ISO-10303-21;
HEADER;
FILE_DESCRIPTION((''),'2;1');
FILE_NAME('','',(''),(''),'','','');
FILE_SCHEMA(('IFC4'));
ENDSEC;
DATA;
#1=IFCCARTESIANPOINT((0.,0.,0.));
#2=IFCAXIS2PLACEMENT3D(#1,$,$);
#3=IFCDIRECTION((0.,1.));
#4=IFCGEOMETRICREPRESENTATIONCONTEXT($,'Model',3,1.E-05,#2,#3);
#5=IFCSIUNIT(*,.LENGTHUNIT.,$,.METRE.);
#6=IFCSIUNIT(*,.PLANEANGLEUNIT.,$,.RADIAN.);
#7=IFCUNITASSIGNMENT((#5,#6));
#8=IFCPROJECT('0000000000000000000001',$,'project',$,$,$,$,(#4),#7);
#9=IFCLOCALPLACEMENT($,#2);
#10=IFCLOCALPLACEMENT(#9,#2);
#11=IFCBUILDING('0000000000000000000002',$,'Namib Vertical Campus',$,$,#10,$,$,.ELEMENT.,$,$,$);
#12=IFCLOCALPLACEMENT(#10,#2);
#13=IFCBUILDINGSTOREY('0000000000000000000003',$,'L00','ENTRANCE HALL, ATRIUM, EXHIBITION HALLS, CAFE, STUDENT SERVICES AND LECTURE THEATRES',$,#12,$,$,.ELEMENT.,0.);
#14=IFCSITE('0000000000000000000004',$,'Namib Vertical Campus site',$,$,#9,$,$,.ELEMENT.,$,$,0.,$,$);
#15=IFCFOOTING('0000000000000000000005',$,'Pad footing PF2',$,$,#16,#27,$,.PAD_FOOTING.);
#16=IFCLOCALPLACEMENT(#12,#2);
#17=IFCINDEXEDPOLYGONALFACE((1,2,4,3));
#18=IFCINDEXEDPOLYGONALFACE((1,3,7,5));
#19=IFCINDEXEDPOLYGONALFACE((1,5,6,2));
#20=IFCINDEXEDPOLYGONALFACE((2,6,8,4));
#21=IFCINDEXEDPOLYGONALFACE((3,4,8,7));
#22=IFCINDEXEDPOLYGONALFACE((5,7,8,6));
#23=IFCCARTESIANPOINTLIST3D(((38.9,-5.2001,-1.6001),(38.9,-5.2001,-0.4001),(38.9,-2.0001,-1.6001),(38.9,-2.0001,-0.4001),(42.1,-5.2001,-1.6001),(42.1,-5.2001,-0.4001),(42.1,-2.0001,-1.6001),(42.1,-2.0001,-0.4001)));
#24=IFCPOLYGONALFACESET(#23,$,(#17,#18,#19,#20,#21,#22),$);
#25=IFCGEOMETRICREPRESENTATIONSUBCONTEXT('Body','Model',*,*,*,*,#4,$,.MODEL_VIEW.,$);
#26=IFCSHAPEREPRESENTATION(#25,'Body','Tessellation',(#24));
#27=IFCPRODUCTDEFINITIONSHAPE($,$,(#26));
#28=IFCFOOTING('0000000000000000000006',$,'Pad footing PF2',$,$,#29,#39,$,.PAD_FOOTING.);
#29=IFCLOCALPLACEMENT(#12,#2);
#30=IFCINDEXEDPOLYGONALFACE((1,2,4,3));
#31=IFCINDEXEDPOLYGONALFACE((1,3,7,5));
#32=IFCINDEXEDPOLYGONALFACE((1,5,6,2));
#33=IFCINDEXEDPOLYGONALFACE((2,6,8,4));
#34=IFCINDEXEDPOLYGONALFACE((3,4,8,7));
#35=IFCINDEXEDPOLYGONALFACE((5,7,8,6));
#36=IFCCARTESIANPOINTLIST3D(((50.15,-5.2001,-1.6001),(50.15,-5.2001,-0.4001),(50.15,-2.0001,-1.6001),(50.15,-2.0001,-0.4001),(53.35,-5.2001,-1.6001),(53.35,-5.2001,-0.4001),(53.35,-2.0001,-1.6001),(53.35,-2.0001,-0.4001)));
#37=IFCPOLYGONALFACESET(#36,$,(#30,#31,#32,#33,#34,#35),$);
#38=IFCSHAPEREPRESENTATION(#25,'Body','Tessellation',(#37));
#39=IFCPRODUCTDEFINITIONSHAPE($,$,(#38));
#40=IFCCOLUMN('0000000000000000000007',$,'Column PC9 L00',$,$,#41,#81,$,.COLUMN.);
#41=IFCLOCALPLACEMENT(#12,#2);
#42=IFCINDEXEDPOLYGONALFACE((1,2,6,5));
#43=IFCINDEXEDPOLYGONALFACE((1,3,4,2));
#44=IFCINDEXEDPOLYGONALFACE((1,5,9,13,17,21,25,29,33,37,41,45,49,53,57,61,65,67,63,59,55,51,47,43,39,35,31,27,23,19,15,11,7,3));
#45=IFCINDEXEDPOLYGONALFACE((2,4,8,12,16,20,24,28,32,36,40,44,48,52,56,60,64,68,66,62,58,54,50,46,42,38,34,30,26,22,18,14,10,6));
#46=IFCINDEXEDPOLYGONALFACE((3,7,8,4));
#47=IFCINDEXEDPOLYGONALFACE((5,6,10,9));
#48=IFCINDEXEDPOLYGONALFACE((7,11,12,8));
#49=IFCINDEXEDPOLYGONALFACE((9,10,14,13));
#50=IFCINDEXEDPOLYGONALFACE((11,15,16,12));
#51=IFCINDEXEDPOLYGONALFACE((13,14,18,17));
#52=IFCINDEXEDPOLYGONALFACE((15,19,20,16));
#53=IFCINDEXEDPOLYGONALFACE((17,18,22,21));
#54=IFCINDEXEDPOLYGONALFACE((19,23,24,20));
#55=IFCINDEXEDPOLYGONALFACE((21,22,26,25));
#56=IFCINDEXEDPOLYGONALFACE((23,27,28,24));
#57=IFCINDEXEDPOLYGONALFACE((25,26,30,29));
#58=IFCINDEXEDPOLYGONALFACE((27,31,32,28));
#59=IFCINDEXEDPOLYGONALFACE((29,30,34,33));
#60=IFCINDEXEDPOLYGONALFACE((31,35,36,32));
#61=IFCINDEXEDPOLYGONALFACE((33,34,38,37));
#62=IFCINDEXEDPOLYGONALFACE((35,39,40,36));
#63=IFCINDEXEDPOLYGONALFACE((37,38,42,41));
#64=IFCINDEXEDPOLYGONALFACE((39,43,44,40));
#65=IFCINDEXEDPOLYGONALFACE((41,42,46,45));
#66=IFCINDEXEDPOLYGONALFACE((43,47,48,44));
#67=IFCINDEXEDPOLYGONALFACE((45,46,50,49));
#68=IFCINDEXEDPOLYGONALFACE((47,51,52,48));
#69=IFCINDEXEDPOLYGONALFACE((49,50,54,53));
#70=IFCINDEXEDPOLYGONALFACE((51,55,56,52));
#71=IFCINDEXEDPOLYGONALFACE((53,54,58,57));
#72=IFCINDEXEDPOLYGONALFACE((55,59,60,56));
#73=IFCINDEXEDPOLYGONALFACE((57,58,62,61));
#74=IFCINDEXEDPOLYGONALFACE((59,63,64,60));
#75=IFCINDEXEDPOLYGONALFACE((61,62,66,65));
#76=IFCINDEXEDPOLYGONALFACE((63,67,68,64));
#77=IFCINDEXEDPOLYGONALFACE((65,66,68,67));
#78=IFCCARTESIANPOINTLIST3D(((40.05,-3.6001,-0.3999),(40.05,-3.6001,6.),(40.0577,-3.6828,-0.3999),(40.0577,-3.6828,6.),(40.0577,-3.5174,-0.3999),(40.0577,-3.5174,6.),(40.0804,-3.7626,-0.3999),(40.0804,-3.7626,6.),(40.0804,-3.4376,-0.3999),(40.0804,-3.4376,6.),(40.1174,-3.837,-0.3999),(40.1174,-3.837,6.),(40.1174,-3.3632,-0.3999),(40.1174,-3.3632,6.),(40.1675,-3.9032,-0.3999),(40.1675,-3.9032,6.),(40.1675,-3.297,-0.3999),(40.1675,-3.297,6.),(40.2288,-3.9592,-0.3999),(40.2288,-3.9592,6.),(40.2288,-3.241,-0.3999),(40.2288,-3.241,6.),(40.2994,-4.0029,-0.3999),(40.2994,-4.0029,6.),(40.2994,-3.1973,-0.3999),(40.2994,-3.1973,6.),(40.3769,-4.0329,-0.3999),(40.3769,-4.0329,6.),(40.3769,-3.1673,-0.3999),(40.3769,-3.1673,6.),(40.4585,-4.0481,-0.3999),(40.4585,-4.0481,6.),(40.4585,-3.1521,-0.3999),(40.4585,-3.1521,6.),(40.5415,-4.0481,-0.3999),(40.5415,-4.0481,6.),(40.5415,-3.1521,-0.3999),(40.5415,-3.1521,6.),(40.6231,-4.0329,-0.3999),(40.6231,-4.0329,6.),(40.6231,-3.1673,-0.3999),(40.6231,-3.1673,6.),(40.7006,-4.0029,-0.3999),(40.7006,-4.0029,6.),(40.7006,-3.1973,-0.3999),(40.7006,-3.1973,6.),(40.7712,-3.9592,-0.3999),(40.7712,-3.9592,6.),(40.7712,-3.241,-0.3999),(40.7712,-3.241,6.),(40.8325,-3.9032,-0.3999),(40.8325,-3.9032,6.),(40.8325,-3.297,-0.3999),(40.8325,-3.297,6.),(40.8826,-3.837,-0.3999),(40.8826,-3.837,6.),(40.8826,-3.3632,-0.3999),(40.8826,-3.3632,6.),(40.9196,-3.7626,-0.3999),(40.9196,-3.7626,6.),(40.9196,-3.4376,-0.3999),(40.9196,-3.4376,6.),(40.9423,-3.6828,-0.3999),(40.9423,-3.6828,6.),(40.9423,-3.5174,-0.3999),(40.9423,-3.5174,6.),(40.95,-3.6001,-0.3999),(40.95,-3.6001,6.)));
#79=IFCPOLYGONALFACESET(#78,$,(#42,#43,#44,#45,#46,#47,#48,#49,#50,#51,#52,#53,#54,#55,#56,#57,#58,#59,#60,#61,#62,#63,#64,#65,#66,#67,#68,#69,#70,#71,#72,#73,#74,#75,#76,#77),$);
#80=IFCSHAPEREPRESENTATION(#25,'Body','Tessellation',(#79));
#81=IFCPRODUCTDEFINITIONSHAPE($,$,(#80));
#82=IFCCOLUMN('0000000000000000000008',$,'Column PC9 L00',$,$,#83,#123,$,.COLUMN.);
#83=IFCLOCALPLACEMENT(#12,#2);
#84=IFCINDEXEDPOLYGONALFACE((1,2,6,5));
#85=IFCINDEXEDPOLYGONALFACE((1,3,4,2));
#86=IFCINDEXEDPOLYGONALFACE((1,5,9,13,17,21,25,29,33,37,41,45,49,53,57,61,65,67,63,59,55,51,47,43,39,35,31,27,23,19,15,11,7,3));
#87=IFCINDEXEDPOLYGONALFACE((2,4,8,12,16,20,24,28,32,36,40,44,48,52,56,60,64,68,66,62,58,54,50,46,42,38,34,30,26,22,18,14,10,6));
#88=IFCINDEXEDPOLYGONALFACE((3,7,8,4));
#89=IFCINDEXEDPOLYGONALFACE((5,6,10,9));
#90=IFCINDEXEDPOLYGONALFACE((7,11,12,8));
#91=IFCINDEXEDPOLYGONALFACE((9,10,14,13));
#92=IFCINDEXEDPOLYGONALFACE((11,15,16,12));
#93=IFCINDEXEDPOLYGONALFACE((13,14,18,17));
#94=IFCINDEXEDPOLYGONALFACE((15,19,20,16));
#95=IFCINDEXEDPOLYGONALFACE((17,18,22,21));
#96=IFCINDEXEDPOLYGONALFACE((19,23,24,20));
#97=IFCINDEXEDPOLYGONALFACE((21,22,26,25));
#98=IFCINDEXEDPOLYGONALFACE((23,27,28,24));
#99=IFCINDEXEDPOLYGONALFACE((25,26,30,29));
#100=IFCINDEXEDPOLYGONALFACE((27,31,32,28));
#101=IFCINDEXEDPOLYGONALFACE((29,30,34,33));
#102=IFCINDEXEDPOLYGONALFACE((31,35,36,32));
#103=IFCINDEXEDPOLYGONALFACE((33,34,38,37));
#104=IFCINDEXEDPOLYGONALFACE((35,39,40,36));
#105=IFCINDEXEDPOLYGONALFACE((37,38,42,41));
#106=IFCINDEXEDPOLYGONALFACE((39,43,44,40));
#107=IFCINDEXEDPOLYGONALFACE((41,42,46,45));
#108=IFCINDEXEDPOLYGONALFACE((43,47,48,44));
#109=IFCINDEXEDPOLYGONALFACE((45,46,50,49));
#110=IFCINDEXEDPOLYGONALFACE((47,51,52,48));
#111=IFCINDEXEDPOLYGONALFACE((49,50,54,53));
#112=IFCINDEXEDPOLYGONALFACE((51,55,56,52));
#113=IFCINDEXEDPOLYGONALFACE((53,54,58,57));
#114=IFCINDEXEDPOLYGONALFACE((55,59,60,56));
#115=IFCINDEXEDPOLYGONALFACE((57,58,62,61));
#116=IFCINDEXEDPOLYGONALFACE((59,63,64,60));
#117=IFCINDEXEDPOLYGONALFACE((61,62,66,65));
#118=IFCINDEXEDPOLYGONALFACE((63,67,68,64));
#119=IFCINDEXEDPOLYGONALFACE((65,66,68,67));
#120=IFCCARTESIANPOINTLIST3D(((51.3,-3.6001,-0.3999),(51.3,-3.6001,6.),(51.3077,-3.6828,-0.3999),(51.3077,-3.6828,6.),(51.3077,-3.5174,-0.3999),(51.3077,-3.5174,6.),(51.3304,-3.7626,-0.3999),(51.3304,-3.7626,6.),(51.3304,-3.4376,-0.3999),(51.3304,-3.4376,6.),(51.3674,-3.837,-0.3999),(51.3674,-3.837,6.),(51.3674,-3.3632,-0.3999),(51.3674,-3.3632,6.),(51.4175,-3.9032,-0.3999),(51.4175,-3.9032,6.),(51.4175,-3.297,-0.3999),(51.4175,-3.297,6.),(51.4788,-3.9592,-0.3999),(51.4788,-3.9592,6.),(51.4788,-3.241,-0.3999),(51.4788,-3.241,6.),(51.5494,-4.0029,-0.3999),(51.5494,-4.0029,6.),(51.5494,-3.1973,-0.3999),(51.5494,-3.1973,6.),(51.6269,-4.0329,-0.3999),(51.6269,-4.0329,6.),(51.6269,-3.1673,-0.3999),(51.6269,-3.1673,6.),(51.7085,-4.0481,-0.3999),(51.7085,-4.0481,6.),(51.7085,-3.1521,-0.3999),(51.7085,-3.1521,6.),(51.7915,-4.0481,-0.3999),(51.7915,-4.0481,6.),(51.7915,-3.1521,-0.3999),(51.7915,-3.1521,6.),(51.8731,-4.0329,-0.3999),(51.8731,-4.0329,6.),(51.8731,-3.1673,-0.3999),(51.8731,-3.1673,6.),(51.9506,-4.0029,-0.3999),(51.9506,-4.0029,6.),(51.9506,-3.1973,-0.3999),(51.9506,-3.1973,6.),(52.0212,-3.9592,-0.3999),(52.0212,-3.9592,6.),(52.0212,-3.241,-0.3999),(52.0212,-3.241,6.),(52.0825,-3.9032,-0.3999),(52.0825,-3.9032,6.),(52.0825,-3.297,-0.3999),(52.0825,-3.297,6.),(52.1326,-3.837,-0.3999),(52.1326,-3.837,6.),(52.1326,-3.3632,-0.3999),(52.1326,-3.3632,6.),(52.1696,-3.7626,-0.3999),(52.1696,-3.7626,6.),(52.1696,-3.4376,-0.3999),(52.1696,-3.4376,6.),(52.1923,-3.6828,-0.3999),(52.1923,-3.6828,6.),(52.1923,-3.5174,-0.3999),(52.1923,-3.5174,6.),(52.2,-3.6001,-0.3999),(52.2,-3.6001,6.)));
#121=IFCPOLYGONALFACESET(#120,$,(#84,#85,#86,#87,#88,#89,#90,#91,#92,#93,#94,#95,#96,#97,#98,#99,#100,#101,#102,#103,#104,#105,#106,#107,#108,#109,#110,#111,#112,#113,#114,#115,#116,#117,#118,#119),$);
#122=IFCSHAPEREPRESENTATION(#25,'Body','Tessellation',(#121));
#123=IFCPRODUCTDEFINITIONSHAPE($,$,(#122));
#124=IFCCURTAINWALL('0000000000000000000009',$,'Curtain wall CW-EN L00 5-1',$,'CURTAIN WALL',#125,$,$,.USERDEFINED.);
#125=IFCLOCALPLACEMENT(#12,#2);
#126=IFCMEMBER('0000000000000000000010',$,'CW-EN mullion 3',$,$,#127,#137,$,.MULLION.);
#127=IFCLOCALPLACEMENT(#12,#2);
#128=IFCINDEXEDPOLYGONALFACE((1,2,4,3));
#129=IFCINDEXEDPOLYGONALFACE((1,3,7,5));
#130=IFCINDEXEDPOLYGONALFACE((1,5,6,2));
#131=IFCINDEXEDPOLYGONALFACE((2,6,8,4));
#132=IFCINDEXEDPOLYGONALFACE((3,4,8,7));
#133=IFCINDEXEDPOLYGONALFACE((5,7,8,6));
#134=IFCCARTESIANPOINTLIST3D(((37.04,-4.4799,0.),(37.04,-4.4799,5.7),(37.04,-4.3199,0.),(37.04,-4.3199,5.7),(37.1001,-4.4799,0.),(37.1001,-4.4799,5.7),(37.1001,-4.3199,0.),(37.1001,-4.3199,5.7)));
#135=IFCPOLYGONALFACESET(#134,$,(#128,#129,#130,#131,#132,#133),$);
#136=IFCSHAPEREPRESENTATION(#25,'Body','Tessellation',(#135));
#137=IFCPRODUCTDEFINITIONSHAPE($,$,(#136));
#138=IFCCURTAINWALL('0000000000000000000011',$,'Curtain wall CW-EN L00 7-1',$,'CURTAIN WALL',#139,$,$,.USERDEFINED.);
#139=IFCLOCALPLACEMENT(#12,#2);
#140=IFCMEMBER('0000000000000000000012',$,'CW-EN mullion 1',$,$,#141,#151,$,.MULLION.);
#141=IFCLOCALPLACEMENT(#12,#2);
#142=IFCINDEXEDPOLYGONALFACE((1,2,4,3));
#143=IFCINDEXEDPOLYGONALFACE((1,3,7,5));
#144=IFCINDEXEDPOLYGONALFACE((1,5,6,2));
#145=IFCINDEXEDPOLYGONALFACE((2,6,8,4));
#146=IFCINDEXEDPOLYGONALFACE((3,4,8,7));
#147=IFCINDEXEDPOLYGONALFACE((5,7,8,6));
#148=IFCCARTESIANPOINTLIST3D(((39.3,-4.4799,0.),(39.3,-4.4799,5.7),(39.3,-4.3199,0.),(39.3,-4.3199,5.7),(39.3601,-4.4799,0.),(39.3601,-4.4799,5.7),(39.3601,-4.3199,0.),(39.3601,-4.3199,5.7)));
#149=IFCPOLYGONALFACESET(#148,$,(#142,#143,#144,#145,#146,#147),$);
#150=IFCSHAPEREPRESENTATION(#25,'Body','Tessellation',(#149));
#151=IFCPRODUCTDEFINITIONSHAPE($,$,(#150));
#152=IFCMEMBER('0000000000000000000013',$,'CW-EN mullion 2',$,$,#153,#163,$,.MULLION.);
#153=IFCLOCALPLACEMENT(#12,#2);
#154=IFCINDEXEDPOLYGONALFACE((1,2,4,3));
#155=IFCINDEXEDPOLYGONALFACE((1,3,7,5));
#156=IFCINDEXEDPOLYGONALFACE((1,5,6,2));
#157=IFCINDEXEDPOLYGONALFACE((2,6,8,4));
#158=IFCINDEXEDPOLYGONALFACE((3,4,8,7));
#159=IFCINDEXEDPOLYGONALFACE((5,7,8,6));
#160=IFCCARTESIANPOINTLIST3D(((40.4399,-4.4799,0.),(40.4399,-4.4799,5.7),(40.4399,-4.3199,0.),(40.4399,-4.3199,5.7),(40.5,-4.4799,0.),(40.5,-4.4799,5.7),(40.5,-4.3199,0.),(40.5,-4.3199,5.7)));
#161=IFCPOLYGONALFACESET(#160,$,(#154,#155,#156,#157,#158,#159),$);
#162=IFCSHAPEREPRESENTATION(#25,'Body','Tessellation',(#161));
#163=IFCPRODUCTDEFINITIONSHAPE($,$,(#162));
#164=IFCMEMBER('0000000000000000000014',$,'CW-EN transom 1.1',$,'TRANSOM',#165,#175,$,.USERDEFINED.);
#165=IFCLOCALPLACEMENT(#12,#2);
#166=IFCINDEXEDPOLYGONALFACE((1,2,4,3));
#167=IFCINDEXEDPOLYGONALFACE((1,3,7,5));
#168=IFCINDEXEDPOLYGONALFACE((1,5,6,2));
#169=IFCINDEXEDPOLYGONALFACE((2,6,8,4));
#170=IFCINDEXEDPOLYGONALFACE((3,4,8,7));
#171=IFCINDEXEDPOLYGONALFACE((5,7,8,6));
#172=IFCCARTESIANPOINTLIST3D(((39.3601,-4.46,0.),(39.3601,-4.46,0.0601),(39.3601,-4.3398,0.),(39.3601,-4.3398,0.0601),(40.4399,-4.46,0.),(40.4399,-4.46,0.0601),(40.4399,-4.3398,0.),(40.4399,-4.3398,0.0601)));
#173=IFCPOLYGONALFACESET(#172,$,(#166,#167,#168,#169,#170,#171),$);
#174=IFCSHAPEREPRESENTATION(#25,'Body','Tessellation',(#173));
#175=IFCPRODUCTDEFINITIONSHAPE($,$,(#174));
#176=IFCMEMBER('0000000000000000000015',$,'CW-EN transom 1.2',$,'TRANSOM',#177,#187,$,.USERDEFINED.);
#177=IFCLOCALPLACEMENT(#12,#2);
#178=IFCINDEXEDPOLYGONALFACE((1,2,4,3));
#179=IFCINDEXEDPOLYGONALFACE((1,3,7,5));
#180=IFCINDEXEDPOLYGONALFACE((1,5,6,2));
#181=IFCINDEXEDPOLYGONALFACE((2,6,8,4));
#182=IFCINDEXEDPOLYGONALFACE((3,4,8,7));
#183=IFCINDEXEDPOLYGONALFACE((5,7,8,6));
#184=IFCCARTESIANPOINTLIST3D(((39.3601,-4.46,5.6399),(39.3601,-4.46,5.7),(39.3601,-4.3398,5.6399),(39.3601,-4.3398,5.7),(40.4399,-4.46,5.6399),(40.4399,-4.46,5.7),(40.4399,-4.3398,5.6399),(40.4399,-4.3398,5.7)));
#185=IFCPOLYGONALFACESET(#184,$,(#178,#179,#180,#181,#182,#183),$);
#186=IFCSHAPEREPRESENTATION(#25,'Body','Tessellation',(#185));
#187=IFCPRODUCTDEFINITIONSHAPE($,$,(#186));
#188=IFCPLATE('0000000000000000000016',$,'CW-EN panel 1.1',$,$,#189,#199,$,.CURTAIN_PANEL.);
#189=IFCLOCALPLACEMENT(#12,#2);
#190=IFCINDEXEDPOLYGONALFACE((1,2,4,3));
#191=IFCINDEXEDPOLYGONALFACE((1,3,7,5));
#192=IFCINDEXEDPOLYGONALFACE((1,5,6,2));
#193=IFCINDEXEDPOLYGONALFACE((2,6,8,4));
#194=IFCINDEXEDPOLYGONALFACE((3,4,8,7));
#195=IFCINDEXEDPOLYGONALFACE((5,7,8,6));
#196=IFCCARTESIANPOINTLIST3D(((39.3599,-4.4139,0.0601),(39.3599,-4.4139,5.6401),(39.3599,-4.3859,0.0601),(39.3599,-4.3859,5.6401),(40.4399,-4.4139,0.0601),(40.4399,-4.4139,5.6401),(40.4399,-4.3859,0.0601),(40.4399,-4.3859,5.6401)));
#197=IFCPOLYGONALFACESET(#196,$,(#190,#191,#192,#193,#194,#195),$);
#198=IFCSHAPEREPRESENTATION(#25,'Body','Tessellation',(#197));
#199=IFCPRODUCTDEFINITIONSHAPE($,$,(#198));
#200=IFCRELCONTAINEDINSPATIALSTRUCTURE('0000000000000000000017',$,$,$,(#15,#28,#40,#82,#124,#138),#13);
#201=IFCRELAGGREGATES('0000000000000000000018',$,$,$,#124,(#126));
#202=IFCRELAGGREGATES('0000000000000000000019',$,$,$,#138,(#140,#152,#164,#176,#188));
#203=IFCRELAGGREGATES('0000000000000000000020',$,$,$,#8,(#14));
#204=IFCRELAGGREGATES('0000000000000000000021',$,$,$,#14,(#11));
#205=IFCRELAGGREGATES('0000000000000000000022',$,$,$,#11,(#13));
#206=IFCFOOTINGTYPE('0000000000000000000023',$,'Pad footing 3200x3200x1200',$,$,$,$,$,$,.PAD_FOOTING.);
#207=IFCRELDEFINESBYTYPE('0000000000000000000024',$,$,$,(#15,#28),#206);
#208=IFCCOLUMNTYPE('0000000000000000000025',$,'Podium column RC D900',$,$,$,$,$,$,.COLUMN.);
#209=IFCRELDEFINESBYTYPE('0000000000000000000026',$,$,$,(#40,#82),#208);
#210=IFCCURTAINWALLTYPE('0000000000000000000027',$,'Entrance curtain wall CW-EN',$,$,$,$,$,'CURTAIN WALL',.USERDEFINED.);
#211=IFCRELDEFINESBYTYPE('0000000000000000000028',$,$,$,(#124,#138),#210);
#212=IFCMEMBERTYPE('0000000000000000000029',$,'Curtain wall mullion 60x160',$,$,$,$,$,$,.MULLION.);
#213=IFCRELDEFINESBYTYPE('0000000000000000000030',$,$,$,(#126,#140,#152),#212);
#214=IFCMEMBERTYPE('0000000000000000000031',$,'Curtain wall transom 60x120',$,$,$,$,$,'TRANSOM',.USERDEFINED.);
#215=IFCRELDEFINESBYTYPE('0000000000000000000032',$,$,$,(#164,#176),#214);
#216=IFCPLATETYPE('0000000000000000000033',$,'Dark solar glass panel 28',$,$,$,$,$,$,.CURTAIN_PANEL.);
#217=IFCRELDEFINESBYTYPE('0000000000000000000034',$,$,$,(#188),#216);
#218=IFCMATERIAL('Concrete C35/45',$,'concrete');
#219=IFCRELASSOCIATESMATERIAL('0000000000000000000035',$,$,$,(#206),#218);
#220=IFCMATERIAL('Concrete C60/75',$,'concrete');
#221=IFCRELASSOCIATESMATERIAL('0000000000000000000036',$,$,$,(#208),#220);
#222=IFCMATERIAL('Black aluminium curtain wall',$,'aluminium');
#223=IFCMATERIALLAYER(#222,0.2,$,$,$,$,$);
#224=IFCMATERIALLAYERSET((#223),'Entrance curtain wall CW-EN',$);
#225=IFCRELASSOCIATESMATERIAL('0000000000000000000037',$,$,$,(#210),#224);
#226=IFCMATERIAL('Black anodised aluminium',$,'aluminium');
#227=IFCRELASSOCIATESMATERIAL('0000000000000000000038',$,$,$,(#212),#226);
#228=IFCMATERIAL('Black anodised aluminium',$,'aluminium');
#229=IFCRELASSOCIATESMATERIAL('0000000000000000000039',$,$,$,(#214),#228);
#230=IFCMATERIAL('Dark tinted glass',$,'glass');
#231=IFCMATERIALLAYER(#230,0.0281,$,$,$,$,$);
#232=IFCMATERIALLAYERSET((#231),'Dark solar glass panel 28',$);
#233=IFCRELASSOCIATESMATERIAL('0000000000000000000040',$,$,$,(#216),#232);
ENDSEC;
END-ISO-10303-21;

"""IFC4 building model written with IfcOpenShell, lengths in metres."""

from ifc_helpers import new_model, si_unit, direction, frame, origin, origin_2d, place, context, subcontext, project, spatial, rectangle, circle, extrude, material, layer, layer_set, material_profile, profile_set, type_object, element, aggregate, save


model = new_model("IFC4")

# Units and contexts
model_context = context("Model", 3, precision=1e-05, world=origin(), true_north=direction((0.0, 1.0)))
body_context = subcontext(model_context, "Body", "Model", "MODEL_VIEW")
ifc_project = project(units=[si_unit("LENGTHUNIT", "METRE"), si_unit("PLANEANGLEUNIT", "RADIAN")], contexts=[model_context])

# Site, building, storey
site_placement = place(None, origin())
site = spatial("IfcSite", under=ifc_project, at=site_placement, Name="Namib Vertical Campus site", CompositionType="ELEMENT", RefElevation=0.0)
building_placement = place(site_placement, origin())
building = spatial("IfcBuilding", under=site, at=building_placement, Name="Namib Vertical Campus", CompositionType="ELEMENT")
storey_placement = place(building_placement, origin())
storey = spatial("IfcBuildingStorey", under=building, at=storey_placement, Name="L00", Description="ENTRANCE HALL, ATRIUM, EXHIBITION HALLS, CAFE, STUDENT SERVICES AND LECTURE THEATRES", CompositionType="ELEMENT", Elevation=0.0)

# Footings
ifc_material_1 = material(Name="Concrete C35/45", Category="concrete")
footing_type = type_object("IfcFootingType", Name="Pad footing 3200x3200x1200", PredefinedType="PAD_FOOTING", material=ifc_material_1)
for number, where, z_axis, x_axis, name in (
    (1, (40.5, -3.6001, -1.6001), (0.0, 0.0, 1.0), (1.0, 0.0, 0.0), "Pad footing PF2"),
    (2, (51.75, -3.6001, -1.6001), (0.0, 0.0, 1.0), (1.0, 0.0, 0.0), "Pad footing PF2"),
):
    element("IfcFooting", number, at=place(storey_placement, frame(where, z_axis=z_axis, x_axis=x_axis)), inside=storey, type_object=footing_type, Name=name, PredefinedType="PAD_FOOTING", context=body_context, shape_type="SweptSolid", body=[
        extrude(rectangle(XDim=3.2, YDim=3.2, at=origin_2d()), origin(), (0.0, 0.0, 1.0), 1.2),
    ])

# Columns
ifc_material_2 = material(Name="Concrete C60/75", Category="concrete")
ifc_material_profile_1 = material_profile(ifc_material_2, circle(Radius=0.45, at=origin_2d()))
ifc_profile_set_1 = profile_set([ifc_material_profile_1], Name="Concrete C60/75")
column_type = type_object("IfcColumnType", Name="Podium column RC D900", PredefinedType="COLUMN", material=ifc_profile_set_1)
for number, where, z_axis, x_axis, name in (
    (3, (40.5, -3.6001, -0.3999), (0.0, 0.0, 1.0), (1.0, 0.0, 0.0), "Column PC9 L00"),
    (4, (51.75, -3.6001, -0.3999), (0.0, 0.0, 1.0), (1.0, 0.0, 0.0), "Column PC9 L00"),
):
    element("IfcColumn", number, at=place(storey_placement, frame(where, z_axis=z_axis, x_axis=x_axis)), inside=storey, type_object=column_type, Name=name, PredefinedType="COLUMN", context=body_context, shape_type="SweptSolid", body=[
        extrude(circle(Radius=0.45, at=origin_2d()), origin(), (0.0, 0.0, 1.0), 6.3999),
    ])

# Curtain wall, member
ifc_material_3 = material(Name="Black aluminium curtain wall", Category="aluminium")
ifc_layer_1 = layer(ifc_material_3, 0.2)
ifc_layer_set_1 = layer_set([ifc_layer_1], Name="Entrance curtain wall CW-EN")
curtain_wall_type = type_object("IfcCurtainWallType", Name="Entrance curtain wall CW-EN", ElementType="CURTAIN WALL", PredefinedType="USERDEFINED", material=ifc_layer_set_1)
curtain_wall_1_placement = place(storey_placement, origin())
curtain_wall_1 = element("IfcCurtainWall", 5, at=curtain_wall_1_placement, inside=storey, type_object=curtain_wall_type, Name="Curtain wall CW-EN L00 5-1", ObjectType="CURTAIN WALL", PredefinedType="USERDEFINED")
ifc_material_4 = material(Name="Black anodised aluminium", Category="aluminium")
ifc_material_profile_2 = material_profile(ifc_material_4, rectangle(XDim=0.0601, YDim=0.1599, at=origin_2d()))
ifc_profile_set_2 = profile_set([ifc_material_profile_2], Name="Black anodised aluminium")
member_type_1 = type_object("IfcMemberType", Name="Curtain wall mullion 60x160", PredefinedType="MULLION", material=ifc_profile_set_2)
member_1_placement = place(storey_placement, frame((37.0701, -4.3999, 0.0), z_axis=(0.0, 0.0, 1.0), x_axis=(1.0, 0.0, 0.0)))
member_1 = element("IfcMember", 6, at=member_1_placement, type_object=member_type_1, Name="CW-EN mullion 3", PredefinedType="MULLION", context=body_context, shape_type="SweptSolid", body=[
    extrude(rectangle(XDim=0.0601, YDim=0.1599, at=origin_2d()), origin(), (0.0, 0.0, 1.0), 5.7),
])
aggregate(curtain_wall_1, [member_1])

# Curtain wall, members, plate
curtain_wall_2_placement = place(storey_placement, origin())
curtain_wall_2 = element("IfcCurtainWall", 7, at=curtain_wall_2_placement, inside=storey, type_object=curtain_wall_type, Name="Curtain wall CW-EN L00 7-1", ObjectType="CURTAIN WALL", PredefinedType="USERDEFINED")
member_2_placement = place(storey_placement, frame((39.3301, -4.3999, 0.0), z_axis=(0.0, 0.0, 1.0), x_axis=(1.0, 0.0, 0.0)))
member_2 = element("IfcMember", 8, at=member_2_placement, type_object=member_type_1, Name="CW-EN mullion 1", PredefinedType="MULLION", context=body_context, shape_type="SweptSolid", body=[
    extrude(rectangle(XDim=0.0601, YDim=0.1599, at=origin_2d()), origin(), (0.0, 0.0, 1.0), 5.7),
])
member_3_placement = place(storey_placement, frame((40.47, -4.3999, 0.0), z_axis=(0.0, 0.0, 1.0), x_axis=(1.0, 0.0, 0.0)))
member_3 = element("IfcMember", 9, at=member_3_placement, type_object=member_type_1, Name="CW-EN mullion 2", PredefinedType="MULLION", context=body_context, shape_type="SweptSolid", body=[
    extrude(rectangle(XDim=0.0601, YDim=0.1599, at=origin_2d()), origin(), (0.0, 0.0, 1.0), 5.7),
])
ifc_material_5 = material(Name="Black anodised aluminium", Category="aluminium")
ifc_material_profile_3 = material_profile(ifc_material_5, rectangle(XDim=0.0601, YDim=0.1201, at=origin_2d()))
ifc_profile_set_3 = profile_set([ifc_material_profile_3], Name="Black anodised aluminium")
member_type_2 = type_object("IfcMemberType", Name="Curtain wall transom 60x120", ElementType="TRANSOM", PredefinedType="USERDEFINED", material=ifc_profile_set_3)
member_4_placement = place(storey_placement, frame((39.3601, -4.3999, 0.03), z_axis=(1.0, 0.0, 0.0), x_axis=(0.0, 0.0, 1.0)))
member_4 = element("IfcMember", 10, at=member_4_placement, type_object=member_type_2, Name="CW-EN transom 1.1", ObjectType="TRANSOM", PredefinedType="USERDEFINED", context=body_context, shape_type="SweptSolid", body=[
    extrude(rectangle(XDim=0.0601, YDim=0.1201, at=origin_2d()), origin(), (0.0, 0.0, 1.0), 1.0798),
])
member_5_placement = place(storey_placement, frame((39.3601, -4.3999, 5.6699), z_axis=(1.0, 0.0, 0.0), x_axis=(0.0, 0.0, 1.0)))
member_5 = element("IfcMember", 11, at=member_5_placement, type_object=member_type_2, Name="CW-EN transom 1.2", ObjectType="TRANSOM", PredefinedType="USERDEFINED", context=body_context, shape_type="SweptSolid", body=[
    extrude(rectangle(XDim=0.0601, YDim=0.1201, at=origin_2d()), origin(), (0.0, 0.0, 1.0), 1.0798),
])
ifc_material_6 = material(Name="Dark tinted glass", Category="glass")
ifc_layer_2 = layer(ifc_material_6, 0.0281)
ifc_layer_set_2 = layer_set([ifc_layer_2], Name="Dark solar glass panel 28")
plate_type = type_object("IfcPlateType", Name="Dark solar glass panel 28", PredefinedType="CURTAIN_PANEL", material=ifc_layer_set_2)
plate_placement = place(storey_placement, frame((39.8999, -4.3999, 0.0601), z_axis=(0.0, 0.0, 1.0), x_axis=(1.0, 0.0, 0.0)))
plate = element("IfcPlate", 12, at=plate_placement, type_object=plate_type, Name="CW-EN panel 1.1", PredefinedType="CURTAIN_PANEL", context=body_context, shape_type="SweptSolid", body=[
    extrude(rectangle(XDim=1.0801, YDim=0.0281, at=origin_2d()), origin(), (0.0, 0.0, 1.0), 5.5801),
])
aggregate(curtain_wall_2, [member_2, member_3, member_4, member_5, plate])

save(model, "model.ifc")
